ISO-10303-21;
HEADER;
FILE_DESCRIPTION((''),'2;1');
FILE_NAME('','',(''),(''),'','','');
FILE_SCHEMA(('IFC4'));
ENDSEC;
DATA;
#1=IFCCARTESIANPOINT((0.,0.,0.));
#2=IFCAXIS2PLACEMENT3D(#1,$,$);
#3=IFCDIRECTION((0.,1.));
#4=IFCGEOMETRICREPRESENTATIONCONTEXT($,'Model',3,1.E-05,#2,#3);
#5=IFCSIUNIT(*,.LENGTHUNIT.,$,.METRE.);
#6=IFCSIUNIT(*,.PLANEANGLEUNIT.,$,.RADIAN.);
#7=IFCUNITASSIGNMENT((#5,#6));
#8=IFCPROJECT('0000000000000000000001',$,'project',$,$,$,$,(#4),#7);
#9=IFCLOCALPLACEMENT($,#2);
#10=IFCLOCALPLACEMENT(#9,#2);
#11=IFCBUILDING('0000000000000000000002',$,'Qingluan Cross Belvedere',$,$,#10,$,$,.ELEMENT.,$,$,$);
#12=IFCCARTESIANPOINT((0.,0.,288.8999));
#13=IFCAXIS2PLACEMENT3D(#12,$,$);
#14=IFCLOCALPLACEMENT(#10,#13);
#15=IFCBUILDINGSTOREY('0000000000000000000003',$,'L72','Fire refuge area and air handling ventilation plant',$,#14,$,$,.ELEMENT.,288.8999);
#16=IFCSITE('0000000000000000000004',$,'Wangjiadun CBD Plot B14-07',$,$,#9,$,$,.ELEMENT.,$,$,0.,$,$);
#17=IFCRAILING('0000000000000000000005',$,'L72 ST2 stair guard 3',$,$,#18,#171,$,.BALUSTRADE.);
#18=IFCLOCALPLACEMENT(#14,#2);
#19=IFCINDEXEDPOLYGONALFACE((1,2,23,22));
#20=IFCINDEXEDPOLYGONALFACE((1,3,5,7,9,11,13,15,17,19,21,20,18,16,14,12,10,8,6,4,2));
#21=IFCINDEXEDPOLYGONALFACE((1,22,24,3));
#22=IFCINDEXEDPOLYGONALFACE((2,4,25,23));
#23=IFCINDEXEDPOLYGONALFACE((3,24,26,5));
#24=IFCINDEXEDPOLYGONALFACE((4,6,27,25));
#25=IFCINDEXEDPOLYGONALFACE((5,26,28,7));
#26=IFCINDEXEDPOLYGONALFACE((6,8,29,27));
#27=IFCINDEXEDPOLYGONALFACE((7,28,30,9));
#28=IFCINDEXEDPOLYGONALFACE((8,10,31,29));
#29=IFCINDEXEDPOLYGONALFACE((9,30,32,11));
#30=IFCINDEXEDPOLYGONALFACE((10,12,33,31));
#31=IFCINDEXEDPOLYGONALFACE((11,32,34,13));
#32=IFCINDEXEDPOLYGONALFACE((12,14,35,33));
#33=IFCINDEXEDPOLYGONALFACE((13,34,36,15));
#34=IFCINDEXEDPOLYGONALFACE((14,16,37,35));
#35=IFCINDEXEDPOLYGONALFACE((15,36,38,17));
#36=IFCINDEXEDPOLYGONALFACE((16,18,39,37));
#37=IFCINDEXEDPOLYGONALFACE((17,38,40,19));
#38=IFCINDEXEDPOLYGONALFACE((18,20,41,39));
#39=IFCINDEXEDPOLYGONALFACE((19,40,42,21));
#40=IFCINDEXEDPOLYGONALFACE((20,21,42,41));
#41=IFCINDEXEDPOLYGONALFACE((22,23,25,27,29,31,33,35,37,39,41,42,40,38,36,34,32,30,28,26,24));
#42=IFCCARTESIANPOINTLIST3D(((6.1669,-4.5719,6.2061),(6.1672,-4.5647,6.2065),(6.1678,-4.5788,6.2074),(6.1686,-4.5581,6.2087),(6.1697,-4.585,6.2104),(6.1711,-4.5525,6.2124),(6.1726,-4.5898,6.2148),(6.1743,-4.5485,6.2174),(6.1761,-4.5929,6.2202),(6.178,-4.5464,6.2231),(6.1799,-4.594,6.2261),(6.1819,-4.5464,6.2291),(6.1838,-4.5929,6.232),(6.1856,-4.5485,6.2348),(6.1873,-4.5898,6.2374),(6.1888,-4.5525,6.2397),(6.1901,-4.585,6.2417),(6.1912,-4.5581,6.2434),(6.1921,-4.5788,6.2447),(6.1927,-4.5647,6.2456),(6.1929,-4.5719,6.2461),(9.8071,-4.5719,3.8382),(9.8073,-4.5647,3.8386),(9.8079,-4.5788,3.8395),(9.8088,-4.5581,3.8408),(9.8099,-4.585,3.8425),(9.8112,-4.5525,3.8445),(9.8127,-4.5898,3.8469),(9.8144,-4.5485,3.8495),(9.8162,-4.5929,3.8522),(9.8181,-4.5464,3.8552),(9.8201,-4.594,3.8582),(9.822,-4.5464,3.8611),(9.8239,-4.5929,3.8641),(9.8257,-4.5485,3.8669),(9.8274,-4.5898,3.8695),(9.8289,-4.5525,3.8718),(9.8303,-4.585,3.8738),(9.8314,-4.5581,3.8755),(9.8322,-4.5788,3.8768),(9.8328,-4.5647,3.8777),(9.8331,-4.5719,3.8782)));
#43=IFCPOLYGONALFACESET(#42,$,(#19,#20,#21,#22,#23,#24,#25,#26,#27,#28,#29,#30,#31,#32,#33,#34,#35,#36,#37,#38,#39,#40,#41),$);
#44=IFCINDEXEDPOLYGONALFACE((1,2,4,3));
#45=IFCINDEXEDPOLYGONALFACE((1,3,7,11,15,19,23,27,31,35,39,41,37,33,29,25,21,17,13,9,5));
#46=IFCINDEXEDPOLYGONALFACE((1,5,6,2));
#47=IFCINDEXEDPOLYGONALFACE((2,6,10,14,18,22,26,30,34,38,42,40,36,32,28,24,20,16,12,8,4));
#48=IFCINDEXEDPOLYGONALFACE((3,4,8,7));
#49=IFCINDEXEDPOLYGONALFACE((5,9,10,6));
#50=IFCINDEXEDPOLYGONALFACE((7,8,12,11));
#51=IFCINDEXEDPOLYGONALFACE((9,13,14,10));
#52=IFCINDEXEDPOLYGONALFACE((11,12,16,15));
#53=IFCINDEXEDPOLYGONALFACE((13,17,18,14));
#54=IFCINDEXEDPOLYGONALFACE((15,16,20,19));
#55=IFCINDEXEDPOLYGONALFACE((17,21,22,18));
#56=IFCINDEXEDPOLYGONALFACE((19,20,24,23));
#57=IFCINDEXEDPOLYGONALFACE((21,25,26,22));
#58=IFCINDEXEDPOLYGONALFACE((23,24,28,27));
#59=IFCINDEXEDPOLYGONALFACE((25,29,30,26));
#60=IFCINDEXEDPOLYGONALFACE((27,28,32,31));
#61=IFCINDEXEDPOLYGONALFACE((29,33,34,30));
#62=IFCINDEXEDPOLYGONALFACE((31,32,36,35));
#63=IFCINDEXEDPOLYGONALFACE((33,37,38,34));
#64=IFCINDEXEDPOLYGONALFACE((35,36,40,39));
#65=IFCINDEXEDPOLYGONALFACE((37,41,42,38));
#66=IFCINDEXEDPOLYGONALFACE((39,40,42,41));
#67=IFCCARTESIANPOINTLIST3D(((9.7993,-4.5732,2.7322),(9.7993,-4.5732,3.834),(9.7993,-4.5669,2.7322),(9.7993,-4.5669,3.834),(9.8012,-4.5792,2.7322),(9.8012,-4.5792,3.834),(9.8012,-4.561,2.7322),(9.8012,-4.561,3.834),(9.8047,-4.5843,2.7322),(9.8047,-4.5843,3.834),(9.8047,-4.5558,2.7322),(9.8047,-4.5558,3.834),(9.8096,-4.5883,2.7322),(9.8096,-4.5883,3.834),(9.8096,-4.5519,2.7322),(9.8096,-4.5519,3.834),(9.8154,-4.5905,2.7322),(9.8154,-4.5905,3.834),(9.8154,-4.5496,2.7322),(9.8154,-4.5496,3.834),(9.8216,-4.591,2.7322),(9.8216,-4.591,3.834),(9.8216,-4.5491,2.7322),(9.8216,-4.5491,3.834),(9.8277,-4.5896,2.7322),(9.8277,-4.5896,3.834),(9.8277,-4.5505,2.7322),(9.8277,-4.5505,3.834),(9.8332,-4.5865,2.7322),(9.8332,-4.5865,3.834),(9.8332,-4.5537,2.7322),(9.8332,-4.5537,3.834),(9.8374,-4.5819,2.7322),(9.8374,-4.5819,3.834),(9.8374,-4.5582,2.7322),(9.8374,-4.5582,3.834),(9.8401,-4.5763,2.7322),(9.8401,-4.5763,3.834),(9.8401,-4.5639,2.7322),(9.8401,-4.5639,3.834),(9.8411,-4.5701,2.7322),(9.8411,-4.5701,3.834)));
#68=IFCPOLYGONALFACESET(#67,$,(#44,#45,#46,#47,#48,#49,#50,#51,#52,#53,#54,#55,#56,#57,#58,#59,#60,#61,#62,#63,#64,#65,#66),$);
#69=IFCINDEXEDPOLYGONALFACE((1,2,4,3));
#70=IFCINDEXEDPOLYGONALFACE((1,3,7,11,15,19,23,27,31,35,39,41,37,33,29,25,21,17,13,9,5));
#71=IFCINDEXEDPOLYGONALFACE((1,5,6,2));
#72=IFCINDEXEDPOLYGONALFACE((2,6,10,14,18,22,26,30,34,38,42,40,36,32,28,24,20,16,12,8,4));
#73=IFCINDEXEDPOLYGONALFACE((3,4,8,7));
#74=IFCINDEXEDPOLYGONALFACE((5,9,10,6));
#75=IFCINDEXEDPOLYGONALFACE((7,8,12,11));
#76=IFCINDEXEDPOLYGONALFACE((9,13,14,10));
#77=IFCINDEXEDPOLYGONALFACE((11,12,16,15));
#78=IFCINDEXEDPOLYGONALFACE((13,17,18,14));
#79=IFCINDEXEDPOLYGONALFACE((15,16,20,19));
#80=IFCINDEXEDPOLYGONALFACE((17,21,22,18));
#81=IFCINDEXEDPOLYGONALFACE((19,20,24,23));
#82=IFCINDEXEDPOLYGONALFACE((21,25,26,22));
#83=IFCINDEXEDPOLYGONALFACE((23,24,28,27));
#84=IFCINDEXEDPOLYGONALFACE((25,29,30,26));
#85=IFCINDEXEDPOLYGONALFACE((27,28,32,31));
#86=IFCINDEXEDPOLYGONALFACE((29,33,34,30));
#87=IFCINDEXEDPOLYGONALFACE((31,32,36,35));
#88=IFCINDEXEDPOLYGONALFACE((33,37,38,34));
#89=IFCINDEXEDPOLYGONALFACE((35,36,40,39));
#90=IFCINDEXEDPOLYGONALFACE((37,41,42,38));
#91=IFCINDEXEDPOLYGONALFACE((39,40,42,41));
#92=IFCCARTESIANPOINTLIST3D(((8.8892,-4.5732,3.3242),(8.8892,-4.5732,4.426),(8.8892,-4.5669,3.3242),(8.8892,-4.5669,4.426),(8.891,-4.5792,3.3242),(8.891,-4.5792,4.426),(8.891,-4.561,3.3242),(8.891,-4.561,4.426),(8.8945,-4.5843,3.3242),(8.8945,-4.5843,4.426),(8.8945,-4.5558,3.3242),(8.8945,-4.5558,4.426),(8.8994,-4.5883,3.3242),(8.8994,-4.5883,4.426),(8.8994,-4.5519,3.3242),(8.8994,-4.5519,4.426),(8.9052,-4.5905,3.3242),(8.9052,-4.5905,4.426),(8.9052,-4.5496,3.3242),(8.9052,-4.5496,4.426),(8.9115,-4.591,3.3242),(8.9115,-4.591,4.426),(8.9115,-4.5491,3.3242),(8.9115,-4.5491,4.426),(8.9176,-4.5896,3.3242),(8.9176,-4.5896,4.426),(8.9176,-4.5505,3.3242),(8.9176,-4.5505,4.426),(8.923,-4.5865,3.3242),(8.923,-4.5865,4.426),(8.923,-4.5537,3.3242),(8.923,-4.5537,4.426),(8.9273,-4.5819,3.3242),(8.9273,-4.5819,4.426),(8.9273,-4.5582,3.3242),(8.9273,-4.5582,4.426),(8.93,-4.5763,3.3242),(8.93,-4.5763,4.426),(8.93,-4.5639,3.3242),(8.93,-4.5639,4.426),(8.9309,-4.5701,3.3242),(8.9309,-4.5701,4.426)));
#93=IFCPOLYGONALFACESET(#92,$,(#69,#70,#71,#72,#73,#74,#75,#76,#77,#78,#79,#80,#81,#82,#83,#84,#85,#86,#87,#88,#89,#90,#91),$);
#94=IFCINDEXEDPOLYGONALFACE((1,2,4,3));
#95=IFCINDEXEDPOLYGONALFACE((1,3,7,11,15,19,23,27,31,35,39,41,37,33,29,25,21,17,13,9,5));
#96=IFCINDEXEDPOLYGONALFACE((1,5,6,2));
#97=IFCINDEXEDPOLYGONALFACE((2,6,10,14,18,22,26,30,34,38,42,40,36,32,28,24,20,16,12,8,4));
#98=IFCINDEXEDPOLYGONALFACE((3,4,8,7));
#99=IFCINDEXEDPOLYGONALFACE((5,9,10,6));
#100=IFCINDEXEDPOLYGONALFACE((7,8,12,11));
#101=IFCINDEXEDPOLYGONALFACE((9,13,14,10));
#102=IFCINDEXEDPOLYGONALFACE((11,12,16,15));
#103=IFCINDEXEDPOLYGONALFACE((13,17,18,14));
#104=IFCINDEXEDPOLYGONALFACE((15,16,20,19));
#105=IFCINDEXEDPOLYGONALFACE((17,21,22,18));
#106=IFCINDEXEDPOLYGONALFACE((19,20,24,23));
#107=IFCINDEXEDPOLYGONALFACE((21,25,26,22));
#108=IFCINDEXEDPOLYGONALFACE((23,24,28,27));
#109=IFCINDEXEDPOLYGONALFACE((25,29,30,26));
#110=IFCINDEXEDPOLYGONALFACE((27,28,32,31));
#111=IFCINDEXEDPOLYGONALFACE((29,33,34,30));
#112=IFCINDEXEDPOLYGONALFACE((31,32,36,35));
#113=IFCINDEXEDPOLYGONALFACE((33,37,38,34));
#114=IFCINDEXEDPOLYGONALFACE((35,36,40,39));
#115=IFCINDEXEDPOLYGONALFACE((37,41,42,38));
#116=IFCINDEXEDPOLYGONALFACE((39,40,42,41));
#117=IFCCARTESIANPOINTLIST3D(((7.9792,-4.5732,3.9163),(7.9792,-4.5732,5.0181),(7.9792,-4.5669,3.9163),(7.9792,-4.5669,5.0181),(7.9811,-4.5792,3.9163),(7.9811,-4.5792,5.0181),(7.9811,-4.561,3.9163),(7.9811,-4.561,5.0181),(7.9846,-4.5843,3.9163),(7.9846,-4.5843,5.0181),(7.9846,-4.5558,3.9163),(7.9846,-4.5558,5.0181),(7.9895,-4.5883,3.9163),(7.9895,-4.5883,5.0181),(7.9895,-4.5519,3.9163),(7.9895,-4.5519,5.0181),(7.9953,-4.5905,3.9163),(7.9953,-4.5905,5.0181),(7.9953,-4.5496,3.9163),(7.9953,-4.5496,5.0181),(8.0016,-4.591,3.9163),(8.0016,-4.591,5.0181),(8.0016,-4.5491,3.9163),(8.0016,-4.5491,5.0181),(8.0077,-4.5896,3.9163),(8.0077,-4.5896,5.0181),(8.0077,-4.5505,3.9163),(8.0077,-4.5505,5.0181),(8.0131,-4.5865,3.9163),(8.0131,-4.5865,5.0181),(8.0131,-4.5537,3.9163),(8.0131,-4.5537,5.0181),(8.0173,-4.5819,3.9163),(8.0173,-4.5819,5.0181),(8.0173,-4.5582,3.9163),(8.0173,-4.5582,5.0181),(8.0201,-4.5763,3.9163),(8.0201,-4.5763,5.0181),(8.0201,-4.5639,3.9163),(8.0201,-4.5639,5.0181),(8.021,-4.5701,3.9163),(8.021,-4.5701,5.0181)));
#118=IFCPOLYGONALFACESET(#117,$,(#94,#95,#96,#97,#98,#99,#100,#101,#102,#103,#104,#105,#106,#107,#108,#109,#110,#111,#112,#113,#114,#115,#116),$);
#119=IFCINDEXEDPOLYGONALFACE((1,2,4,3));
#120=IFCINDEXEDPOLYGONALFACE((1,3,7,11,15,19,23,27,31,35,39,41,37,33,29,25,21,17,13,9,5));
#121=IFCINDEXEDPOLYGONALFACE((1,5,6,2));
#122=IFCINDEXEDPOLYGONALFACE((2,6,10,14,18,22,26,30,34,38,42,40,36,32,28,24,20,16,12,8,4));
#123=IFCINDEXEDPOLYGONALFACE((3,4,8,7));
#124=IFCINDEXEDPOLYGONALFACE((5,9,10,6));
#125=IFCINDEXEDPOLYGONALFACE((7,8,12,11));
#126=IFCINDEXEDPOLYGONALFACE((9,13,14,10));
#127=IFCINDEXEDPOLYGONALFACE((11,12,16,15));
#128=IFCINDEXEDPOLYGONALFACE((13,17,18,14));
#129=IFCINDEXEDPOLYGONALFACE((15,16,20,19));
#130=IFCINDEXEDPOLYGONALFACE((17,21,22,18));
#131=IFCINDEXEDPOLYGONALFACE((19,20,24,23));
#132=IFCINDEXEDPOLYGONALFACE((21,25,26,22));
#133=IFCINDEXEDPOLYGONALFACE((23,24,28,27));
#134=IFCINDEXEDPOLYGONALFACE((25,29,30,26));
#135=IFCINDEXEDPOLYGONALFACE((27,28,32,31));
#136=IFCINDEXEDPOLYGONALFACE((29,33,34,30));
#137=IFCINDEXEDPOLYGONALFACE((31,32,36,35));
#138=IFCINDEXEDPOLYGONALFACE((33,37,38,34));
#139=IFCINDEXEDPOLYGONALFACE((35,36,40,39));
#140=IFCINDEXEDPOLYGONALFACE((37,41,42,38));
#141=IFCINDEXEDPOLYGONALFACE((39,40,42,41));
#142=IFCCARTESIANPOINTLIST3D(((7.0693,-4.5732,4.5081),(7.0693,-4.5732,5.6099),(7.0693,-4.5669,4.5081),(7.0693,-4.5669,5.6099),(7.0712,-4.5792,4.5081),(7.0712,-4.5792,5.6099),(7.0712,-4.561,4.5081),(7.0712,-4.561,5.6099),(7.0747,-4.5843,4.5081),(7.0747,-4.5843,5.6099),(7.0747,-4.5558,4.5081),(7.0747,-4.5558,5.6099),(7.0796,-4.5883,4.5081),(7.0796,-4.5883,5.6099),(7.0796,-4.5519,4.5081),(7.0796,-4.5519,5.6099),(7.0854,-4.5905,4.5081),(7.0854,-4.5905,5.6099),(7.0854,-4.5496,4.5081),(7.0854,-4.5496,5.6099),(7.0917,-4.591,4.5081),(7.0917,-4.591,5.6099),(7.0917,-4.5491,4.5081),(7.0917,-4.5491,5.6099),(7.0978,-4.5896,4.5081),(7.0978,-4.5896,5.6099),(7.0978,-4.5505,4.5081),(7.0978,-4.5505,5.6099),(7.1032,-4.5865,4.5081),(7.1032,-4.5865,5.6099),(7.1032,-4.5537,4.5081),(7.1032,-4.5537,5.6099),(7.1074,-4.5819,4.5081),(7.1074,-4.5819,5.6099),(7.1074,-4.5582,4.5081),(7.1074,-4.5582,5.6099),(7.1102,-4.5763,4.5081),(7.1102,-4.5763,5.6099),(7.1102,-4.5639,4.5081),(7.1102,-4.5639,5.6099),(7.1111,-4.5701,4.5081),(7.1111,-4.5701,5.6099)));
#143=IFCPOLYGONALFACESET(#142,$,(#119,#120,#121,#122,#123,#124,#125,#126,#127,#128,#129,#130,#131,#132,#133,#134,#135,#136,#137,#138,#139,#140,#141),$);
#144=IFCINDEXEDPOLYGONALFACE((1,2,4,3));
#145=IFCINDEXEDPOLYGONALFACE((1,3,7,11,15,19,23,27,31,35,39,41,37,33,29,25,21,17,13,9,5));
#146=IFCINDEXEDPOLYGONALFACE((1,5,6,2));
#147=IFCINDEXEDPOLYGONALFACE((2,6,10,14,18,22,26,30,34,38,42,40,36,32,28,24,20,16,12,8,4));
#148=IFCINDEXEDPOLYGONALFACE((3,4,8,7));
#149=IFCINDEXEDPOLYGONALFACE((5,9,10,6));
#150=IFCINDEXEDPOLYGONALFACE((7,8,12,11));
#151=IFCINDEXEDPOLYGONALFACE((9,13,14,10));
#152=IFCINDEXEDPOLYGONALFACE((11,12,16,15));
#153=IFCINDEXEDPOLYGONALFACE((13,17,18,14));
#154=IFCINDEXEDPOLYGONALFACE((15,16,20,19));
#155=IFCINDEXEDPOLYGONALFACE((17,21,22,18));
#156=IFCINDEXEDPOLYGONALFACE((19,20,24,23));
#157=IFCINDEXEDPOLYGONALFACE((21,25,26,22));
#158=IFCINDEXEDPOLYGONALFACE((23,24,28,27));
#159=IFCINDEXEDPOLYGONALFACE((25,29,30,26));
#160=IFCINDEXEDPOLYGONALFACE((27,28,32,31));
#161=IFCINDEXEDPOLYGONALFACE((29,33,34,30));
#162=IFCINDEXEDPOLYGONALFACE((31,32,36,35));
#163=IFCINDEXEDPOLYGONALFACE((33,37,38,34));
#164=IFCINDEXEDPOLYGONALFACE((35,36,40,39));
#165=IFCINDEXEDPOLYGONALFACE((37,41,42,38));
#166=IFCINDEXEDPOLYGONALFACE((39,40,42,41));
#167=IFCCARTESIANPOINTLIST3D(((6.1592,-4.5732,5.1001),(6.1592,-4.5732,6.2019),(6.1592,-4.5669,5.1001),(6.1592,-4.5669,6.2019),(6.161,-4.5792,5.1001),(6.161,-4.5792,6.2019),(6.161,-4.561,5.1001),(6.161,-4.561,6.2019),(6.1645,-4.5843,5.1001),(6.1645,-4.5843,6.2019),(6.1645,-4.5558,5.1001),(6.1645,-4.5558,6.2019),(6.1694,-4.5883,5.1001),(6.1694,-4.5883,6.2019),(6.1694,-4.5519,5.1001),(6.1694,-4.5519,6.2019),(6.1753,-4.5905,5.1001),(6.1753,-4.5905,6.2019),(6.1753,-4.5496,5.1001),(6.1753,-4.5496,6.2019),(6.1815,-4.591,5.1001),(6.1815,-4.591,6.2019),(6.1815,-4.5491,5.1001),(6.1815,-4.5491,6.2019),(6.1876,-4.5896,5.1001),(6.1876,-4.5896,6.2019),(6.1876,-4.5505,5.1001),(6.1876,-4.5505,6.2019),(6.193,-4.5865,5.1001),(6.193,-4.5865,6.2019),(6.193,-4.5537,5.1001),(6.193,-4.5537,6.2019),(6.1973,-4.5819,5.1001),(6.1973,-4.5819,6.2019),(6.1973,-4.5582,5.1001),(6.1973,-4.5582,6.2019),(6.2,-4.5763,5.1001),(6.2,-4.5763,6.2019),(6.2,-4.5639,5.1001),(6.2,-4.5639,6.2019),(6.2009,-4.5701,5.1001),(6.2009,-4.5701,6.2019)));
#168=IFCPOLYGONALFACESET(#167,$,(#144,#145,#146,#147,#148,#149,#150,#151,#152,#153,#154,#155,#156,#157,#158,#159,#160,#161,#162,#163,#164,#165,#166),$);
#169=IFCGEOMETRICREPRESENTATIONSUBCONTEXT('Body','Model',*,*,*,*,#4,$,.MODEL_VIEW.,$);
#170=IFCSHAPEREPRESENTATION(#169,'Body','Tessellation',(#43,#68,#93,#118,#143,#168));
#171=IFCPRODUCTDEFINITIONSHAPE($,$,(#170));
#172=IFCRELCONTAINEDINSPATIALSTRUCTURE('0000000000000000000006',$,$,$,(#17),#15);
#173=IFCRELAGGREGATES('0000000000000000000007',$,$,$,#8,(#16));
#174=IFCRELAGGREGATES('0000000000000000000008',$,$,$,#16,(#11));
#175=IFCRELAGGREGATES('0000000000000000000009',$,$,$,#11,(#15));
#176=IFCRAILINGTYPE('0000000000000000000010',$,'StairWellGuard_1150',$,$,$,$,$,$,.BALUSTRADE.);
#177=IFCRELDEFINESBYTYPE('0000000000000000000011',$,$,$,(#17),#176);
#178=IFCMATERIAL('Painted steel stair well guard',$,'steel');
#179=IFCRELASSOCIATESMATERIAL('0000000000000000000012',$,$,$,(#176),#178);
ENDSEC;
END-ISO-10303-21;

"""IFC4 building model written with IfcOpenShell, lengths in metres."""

from ifc_helpers import new_model, si_unit, direction, frame, origin, origin_2d, place, context, subcontext, project, spatial, circle, extrude, material, type_object, element, save


model = new_model("IFC4")

# Units and contexts
model_context = context("Model", 3, precision=1e-05, world=origin(), true_north=direction((0.0, 1.0)))
body_context = subcontext(model_context, "Body", "Model", "MODEL_VIEW")
ifc_project = project(units=[si_unit("LENGTHUNIT", "METRE"), si_unit("PLANEANGLEUNIT", "RADIAN")], contexts=[model_context])

# Site, building, storey
site_placement = place(None, origin())
site = spatial("IfcSite", under=ifc_project, at=site_placement, Name="Wangjiadun CBD Plot B14-07", CompositionType="ELEMENT", RefElevation=0.0)
building_placement = place(site_placement, origin())
building = spatial("IfcBuilding", under=site, at=building_placement, Name="Qingluan Cross Belvedere", CompositionType="ELEMENT")
storey_placement = place(building_placement, frame((0.0, 0.0, 288.8999)))
storey = spatial("IfcBuildingStorey", under=building, at=storey_placement, Name="L72", Description="Fire refuge area and air handling ventilation plant", CompositionType="ELEMENT", Elevation=288.8999)

# Railing
ifc_material_1 = material(Name="Painted steel stair well guard", Category="steel")
railing_type_1 = type_object("IfcRailingType", Name="StairWellGuard_1150", PredefinedType="BALUSTRADE", material=ifc_material_1)
railing_1_placement = place(storey_placement, frame((9.8201, -4.5701, 2.7322)))
element("IfcRailing", 1, at=railing_1_placement, inside=storey, type_object=railing_type_1, Name="L72 ST2 stair guard 3", PredefinedType="BALUSTRADE", context=body_context, shape_type="SweptSolid", body=[
    extrude(circle(Radius=0.0239, at=origin_2d()), frame((0.0, 0.0, 1.126), z_axis=(-0.838251, 0.0, 0.545285), x_axis=(0.0, -1.0, 0.0)), (0.0, 0.0, 1.0), 4.3425),
    extrude(circle(Radius=0.021, at=origin_2d()), origin(), (0.0, 0.0, 1.0), 1.1018),
    extrude(circle(Radius=0.021, at=origin_2d()), frame((-0.9102, 0.0, 0.592)), (0.0, 0.0, 1.0), 1.1018),
    extrude(circle(Radius=0.021, at=origin_2d()), frame((-1.8201, 0.0, 1.1841)), (0.0, 0.0, 1.0), 1.1018),
    extrude(circle(Radius=0.021, at=origin_2d()), frame((-2.73, 0.0, 1.7759)), (0.0, 0.0, 1.0), 1.1018),
    extrude(circle(Radius=0.021, at=origin_2d()), frame((-3.6401, 0.0, 2.3679)), (0.0, 0.0, 1.0), 1.1018),
])

save(model, "model.ifc")
